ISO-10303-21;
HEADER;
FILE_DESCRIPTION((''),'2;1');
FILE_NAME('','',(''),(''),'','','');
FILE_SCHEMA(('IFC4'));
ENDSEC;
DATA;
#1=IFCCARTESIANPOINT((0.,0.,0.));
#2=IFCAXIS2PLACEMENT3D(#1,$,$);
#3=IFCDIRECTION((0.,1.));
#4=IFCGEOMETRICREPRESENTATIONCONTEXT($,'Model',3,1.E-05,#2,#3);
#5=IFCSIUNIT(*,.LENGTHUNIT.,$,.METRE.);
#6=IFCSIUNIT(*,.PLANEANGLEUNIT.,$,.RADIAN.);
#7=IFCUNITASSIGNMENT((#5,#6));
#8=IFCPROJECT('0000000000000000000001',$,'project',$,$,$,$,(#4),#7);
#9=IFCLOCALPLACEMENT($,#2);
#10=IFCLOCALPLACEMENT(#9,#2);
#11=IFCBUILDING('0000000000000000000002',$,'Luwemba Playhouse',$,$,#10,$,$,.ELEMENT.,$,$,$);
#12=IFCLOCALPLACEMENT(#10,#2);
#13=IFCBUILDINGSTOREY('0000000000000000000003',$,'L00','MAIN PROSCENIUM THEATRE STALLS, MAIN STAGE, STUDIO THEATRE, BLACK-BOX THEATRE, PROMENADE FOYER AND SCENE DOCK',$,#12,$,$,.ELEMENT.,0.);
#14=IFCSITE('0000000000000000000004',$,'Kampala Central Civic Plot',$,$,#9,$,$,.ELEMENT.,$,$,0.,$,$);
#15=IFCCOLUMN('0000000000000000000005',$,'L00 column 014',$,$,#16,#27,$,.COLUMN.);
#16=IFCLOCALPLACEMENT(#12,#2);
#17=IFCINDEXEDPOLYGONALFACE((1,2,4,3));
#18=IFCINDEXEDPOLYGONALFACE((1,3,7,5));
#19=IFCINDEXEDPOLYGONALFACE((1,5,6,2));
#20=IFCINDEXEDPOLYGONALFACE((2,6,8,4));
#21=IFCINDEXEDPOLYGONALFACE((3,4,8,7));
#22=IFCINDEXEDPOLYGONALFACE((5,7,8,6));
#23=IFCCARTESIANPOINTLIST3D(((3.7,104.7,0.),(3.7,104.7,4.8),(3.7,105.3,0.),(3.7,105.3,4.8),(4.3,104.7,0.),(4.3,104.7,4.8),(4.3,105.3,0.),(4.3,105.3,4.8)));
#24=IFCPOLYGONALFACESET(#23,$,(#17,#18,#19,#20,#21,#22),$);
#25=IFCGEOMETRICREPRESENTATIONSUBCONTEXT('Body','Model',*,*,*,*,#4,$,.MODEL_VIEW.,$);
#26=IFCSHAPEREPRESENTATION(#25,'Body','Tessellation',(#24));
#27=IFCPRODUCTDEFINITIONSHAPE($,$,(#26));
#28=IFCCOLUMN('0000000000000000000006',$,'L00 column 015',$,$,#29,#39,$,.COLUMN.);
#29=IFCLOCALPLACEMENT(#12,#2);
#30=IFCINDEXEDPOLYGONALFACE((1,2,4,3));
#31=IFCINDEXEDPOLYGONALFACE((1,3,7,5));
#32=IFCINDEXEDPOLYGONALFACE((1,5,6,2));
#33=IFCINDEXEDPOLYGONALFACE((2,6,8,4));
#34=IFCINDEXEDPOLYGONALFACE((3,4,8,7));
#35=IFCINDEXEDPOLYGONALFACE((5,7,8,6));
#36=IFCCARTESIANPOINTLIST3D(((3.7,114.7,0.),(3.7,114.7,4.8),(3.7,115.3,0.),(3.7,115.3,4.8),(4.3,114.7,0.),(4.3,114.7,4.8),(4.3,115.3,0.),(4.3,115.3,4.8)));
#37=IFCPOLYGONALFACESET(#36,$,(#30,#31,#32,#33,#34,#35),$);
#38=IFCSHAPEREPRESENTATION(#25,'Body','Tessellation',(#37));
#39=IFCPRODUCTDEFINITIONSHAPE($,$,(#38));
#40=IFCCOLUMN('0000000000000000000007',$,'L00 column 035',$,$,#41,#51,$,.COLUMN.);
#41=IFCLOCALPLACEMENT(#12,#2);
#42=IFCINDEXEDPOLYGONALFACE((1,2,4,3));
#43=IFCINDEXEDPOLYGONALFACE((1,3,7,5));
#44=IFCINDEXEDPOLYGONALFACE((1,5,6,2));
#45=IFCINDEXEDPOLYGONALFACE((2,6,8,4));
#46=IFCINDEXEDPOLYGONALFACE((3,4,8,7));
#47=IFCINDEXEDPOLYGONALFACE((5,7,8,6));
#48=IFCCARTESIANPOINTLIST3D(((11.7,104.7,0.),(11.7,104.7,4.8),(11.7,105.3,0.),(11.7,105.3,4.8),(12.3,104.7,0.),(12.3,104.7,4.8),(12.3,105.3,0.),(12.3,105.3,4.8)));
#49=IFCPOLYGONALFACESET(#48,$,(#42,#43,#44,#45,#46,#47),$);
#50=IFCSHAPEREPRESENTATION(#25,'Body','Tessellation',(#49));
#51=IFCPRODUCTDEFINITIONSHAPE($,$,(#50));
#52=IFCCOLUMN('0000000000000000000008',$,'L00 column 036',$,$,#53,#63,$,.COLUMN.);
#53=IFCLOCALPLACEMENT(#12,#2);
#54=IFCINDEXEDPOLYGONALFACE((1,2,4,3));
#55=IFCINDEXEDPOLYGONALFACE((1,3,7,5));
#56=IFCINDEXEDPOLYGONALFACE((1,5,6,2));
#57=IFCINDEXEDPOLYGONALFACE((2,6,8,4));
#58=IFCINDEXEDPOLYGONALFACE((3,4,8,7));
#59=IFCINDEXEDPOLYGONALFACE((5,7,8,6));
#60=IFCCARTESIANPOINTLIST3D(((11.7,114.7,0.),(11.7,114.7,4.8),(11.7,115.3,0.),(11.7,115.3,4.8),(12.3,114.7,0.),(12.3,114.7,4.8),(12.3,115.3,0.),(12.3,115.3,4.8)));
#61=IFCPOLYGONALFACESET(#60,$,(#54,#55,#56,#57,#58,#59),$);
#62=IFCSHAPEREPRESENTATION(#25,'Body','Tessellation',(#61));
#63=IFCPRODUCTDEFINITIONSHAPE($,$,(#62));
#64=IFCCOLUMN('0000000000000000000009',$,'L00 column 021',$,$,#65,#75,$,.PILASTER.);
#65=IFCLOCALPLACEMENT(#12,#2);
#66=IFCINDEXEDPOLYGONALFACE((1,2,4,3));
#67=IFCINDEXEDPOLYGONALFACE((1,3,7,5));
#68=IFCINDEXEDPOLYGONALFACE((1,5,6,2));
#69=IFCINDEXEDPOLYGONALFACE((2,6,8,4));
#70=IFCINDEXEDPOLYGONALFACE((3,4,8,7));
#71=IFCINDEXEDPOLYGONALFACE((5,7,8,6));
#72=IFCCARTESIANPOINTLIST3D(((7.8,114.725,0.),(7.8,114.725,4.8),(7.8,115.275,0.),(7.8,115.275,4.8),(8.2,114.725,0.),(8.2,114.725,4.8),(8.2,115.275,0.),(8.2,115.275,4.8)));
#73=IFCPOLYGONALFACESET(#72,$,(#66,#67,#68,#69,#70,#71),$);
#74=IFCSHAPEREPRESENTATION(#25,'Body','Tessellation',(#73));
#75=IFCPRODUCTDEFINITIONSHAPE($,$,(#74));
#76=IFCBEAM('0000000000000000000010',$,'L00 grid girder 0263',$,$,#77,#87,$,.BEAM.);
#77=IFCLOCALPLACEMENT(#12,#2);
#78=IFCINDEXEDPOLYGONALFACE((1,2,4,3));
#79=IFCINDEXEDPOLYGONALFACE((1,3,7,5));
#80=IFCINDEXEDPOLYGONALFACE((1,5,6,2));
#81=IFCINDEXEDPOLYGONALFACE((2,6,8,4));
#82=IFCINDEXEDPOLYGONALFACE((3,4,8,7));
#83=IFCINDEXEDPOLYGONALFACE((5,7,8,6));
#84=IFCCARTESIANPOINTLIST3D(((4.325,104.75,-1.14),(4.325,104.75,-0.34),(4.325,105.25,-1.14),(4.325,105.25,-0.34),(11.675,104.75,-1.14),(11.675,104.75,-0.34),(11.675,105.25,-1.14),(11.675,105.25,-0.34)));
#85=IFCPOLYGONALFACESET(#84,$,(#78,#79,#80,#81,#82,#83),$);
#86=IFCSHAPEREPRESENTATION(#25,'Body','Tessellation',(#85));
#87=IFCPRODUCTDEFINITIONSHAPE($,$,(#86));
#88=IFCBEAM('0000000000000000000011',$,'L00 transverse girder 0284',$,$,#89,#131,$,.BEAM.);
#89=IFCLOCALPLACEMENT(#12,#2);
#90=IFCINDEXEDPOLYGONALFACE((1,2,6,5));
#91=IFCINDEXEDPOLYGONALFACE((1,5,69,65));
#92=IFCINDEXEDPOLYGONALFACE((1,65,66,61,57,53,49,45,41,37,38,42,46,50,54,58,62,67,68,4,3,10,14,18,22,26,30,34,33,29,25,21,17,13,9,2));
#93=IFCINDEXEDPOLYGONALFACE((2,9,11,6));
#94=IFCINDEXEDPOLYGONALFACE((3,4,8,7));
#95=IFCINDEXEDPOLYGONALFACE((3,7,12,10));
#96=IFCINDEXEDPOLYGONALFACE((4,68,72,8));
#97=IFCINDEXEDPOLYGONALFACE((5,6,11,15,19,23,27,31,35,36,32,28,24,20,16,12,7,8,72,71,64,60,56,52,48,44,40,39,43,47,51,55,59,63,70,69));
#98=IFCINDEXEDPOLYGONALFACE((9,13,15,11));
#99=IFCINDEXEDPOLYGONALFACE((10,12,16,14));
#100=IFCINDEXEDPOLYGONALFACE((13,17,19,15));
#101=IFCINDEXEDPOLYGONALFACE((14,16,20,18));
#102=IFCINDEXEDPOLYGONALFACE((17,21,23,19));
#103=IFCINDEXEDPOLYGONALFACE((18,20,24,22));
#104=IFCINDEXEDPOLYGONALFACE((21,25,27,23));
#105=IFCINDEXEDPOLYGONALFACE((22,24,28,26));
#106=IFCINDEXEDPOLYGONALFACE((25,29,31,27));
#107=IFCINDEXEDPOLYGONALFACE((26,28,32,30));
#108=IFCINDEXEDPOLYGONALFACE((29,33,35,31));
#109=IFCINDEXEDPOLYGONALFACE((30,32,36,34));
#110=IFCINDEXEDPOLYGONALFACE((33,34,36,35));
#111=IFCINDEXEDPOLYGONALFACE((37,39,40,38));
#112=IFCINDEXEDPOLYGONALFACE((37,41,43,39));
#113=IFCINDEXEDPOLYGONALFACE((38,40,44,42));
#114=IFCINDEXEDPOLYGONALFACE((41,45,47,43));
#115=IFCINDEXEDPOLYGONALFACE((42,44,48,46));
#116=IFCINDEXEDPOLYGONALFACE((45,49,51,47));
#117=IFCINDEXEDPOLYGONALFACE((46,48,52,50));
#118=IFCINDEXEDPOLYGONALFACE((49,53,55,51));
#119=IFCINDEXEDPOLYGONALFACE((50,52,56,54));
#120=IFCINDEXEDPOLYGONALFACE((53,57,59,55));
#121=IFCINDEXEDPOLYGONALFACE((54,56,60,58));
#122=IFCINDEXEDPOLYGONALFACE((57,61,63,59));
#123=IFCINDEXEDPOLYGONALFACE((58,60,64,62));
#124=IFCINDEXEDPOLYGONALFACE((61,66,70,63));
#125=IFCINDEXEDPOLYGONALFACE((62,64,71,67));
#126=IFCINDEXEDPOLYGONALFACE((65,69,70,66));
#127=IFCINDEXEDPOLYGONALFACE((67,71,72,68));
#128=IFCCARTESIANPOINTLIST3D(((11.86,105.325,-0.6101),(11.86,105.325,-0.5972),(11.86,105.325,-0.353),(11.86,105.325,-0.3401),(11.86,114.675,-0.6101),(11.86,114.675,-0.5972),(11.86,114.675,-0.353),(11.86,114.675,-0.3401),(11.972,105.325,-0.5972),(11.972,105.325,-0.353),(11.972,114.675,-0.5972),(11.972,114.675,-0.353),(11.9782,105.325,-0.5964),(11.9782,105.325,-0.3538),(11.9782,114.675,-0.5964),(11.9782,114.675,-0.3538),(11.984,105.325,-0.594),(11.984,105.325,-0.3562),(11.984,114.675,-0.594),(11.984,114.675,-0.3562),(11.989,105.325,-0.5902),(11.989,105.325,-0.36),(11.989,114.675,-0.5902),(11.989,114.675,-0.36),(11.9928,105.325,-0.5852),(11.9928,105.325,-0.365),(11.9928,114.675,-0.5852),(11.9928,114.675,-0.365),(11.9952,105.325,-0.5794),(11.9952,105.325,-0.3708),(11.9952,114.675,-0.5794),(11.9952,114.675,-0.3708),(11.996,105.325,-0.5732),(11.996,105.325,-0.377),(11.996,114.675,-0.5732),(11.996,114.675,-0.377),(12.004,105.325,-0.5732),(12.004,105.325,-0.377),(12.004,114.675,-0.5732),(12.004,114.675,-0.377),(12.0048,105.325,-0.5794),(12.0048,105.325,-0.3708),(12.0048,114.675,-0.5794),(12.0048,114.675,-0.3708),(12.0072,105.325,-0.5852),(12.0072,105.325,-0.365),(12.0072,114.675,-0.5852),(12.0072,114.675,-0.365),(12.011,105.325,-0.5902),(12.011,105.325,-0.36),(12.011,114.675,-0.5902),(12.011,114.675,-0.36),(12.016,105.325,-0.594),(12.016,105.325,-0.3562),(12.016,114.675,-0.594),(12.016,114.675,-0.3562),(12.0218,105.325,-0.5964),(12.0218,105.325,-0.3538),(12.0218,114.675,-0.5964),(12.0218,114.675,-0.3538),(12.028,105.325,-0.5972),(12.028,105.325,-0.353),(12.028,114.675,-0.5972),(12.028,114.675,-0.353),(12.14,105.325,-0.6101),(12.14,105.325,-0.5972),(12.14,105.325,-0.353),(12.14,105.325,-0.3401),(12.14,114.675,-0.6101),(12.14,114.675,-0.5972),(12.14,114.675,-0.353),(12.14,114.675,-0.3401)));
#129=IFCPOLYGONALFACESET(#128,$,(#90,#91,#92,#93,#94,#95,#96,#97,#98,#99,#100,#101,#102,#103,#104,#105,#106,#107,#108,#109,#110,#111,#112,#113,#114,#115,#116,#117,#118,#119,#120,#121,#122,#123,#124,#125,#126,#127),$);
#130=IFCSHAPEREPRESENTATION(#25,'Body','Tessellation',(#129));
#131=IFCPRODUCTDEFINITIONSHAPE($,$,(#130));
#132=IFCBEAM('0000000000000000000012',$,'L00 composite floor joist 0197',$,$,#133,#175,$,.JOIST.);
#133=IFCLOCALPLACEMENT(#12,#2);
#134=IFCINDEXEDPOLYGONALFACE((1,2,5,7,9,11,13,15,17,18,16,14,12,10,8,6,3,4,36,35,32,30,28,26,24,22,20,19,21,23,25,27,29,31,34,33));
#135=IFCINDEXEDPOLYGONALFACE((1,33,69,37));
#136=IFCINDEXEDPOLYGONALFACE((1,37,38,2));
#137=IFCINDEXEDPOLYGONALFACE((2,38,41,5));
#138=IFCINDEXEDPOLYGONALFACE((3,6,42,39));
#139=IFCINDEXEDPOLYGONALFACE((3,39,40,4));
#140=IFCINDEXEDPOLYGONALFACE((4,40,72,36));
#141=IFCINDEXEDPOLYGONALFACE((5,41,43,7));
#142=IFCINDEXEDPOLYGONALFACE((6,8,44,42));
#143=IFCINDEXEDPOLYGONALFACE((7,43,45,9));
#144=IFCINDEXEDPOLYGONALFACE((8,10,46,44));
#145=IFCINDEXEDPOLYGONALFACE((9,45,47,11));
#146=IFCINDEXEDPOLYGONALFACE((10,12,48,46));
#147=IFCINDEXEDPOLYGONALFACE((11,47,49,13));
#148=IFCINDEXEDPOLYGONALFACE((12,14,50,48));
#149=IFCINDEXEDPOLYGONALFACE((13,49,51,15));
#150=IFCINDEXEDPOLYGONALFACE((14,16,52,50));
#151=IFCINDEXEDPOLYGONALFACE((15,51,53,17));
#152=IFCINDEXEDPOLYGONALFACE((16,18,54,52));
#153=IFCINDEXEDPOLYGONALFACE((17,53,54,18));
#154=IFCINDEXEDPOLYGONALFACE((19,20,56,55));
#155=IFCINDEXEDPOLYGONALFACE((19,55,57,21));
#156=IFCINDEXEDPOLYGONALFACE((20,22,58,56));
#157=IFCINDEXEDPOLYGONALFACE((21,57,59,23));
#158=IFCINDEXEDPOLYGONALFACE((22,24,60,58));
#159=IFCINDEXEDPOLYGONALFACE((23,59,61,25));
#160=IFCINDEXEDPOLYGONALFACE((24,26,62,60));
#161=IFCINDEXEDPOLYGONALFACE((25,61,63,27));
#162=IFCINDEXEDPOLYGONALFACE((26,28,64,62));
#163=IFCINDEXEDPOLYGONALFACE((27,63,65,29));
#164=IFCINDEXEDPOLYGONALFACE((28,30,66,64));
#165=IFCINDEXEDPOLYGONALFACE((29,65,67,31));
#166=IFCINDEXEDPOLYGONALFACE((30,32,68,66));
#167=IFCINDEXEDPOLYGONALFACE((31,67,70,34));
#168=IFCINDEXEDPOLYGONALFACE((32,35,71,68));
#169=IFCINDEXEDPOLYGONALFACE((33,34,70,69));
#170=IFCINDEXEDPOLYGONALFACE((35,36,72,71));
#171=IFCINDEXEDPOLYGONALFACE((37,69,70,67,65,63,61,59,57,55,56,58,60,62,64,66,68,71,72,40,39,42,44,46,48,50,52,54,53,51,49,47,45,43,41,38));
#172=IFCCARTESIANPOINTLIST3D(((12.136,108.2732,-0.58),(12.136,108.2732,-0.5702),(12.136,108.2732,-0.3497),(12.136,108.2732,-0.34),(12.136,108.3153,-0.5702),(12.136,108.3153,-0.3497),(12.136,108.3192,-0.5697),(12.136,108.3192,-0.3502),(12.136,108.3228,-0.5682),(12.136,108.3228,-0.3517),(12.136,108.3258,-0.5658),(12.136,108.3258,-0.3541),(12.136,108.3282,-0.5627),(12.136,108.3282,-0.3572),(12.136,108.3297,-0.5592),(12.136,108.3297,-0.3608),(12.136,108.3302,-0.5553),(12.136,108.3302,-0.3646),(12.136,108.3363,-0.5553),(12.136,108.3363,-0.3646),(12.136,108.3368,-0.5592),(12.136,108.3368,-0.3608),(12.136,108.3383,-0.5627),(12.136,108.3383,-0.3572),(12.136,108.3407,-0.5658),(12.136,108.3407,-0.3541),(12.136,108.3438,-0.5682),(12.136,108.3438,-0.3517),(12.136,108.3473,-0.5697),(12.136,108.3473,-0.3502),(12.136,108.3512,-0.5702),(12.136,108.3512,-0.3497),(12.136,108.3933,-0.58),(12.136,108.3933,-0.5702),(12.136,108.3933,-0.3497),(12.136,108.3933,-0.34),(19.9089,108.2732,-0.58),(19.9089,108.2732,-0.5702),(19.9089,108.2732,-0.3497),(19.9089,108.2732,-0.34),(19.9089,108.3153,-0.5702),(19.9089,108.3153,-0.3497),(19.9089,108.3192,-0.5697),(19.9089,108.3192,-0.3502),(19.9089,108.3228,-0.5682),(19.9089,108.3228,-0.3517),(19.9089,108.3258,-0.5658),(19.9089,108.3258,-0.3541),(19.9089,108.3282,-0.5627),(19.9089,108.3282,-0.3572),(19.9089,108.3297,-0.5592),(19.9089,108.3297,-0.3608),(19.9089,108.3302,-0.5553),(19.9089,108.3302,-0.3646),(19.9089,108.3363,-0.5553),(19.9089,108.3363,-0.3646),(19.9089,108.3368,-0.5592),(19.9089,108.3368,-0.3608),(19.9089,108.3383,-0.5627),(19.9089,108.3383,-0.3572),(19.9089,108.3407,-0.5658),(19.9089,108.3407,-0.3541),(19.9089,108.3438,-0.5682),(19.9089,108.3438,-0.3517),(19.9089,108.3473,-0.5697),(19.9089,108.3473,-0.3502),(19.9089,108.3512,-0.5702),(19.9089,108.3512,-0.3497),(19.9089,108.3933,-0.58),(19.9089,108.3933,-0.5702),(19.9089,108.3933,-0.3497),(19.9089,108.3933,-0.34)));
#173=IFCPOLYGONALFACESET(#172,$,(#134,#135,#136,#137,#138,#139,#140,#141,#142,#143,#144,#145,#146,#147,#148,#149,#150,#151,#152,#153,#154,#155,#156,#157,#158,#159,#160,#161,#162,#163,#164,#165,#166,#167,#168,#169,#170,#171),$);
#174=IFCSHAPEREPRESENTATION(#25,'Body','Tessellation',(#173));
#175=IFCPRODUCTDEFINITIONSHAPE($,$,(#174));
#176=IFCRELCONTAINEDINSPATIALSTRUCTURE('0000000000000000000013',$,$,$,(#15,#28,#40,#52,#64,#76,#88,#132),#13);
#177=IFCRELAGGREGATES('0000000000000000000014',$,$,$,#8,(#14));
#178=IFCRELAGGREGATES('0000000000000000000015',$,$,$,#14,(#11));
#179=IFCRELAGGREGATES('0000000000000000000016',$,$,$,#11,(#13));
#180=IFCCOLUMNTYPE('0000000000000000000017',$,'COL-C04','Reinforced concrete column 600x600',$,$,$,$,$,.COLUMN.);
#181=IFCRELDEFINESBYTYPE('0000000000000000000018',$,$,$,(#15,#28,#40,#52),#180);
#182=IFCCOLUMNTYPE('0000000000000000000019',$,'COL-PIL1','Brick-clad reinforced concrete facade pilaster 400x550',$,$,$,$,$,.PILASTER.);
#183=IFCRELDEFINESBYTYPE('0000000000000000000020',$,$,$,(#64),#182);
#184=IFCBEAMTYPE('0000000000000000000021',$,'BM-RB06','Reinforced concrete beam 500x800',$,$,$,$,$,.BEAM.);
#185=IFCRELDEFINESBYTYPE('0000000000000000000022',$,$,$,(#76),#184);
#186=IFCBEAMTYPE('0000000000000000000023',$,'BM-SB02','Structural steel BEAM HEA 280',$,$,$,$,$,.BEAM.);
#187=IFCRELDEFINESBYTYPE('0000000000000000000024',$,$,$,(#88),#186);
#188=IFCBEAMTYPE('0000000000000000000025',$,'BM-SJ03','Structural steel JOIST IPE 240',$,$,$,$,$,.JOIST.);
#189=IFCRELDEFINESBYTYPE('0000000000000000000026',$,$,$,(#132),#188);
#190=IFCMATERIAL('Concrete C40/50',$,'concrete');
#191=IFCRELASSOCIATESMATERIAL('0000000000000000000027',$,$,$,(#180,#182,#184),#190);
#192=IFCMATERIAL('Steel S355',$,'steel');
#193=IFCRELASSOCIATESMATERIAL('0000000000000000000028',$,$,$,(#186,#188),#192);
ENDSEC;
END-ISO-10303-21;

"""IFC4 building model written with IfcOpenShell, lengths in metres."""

from ifc_helpers import new_model, si_unit, direction, frame, origin, origin_2d, place, context, subcontext, project, spatial, rectangle, i_section, extrude, material, material_profile, profile_set, type_object, element, save


model = new_model("IFC4")

# Units and contexts
model_context = context("Model", 3, precision=1e-05, world=origin(), true_north=direction((0.0, 1.0)))
body_context = subcontext(model_context, "Body", "Model", "MODEL_VIEW")
ifc_project = project(units=[si_unit("LENGTHUNIT", "METRE"), si_unit("PLANEANGLEUNIT", "RADIAN")], contexts=[model_context])

# Site, building, storey
site_placement = place(None, origin())
site = spatial("IfcSite", under=ifc_project, at=site_placement, Name="Kampala Central Civic Plot", CompositionType="ELEMENT", RefElevation=0.0)
building_placement = place(site_placement, origin())
building = spatial("IfcBuilding", under=site, at=building_placement, Name="Luwemba Playhouse", CompositionType="ELEMENT")
storey_placement = place(building_placement, origin())
storey = spatial("IfcBuildingStorey", under=building, at=storey_placement, Name="L00", Description="MAIN PROSCENIUM THEATRE STALLS, MAIN STAGE, STUDIO THEATRE, BLACK-BOX THEATRE, PROMENADE FOYER AND SCENE DOCK", CompositionType="ELEMENT", Elevation=0.0)

# Columns
ifc_material_1 = material(Name="Concrete C40/50", Category="concrete")
ifc_material_profile_1 = material_profile(ifc_material_1, rectangle(XDim=0.6001, YDim=0.6001, at=origin_2d()))
ifc_profile_set_1 = profile_set([ifc_material_profile_1], Name="Concrete C40/50")
column_type_1 = type_object("IfcColumnType", Name="COL-C04", Description="Reinforced concrete column 600x600", PredefinedType="COLUMN", material=ifc_profile_set_1)
for number, where, z_axis, x_axis, name in (
    (1, (4.0, 105.0, 0.0), (0.0, 0.0, 1.0), (1.0, 0.0, 0.0), "L00 column 014"),
    (2, (4.0, 115.0, 0.0), (0.0, 0.0, 1.0), (1.0, 0.0, 0.0), "L00 column 015"),
    (3, (12.0, 105.0, 0.0), (0.0, 0.0, 1.0), (1.0, 0.0, 0.0), "L00 column 035"),
    (4, (12.0, 115.0, 0.0), (0.0, 0.0, 1.0), (1.0, 0.0, 0.0), "L00 column 036"),
):
    element("IfcColumn", number, at=place(storey_placement, frame(where, z_axis=z_axis, x_axis=x_axis)), inside=storey, type_object=column_type_1, Name=name, PredefinedType="COLUMN", context=body_context, shape_type="SweptSolid", body=[
        extrude(rectangle(XDim=0.6001, YDim=0.6001, at=origin_2d()), origin(), (0.0, 0.0, 1.0), 4.8),
    ])
ifc_material_profile_2 = material_profile(ifc_material_1, rectangle(XDim=0.3999, YDim=0.55, at=origin_2d()))
ifc_profile_set_2 = profile_set([ifc_material_profile_2], Name="Concrete C40/50")
column_type_2 = type_object("IfcColumnType", Name="COL-PIL1", Description="Brick-clad reinforced concrete facade pilaster 400x550", PredefinedType="PILASTER", material=ifc_profile_set_2)
column_placement = place(storey_placement, frame((8.0, 115.0, 0.0), z_axis=(0.0, 0.0, 1.0), x_axis=(1.0, 0.0, 0.0)))
element("IfcColumn", 5, at=column_placement, inside=storey, type_object=column_type_2, Name="L00 column 021", PredefinedType="PILASTER", context=body_context, shape_type="SweptSolid", body=[
    extrude(rectangle(XDim=0.3999, YDim=0.55, at=origin_2d()), origin(), (0.0, 0.0, 1.0), 4.8),
])

# Beams
ifc_material_profile_3 = material_profile(ifc_material_1, rectangle(XDim=0.5, YDim=0.8, at=origin_2d()))
ifc_profile_set_3 = profile_set([ifc_material_profile_3], Name="Concrete C40/50")
beam_type_1 = type_object("IfcBeamType", Name="BM-RB06", Description="Reinforced concrete beam 500x800", PredefinedType="BEAM", material=ifc_profile_set_3)
beam_1_placement = place(storey_placement, frame((4.325, 105.0, -0.74), z_axis=(1.0, 0.0, 0.0), x_axis=(0.0, 1.0, 0.0)))
element("IfcBeam", 6, at=beam_1_placement, inside=storey, type_object=beam_type_1, Name="L00 grid girder 0263", PredefinedType="BEAM", context=body_context, shape_type="SweptSolid", body=[
    extrude(rectangle(XDim=0.5, YDim=0.8, at=origin_2d()), origin(), (0.0, 0.0, 1.0), 7.3501),
])
ifc_material_2 = material(Name="Steel S355", Category="steel")
ifc_material_profile_4 = material_profile(ifc_material_2, i_section(OverallWidth=0.28, OverallDepth=0.27, WebThickness=0.0081, FlangeThickness=0.0129, FilletRadius=0.0239, at=origin_2d()))
ifc_profile_set_4 = profile_set([ifc_material_profile_4], Name="Steel S355")
beam_type_2 = type_object("IfcBeamType", Name="BM-SB02", Description="Structural steel BEAM HEA 280", PredefinedType="BEAM", material=ifc_profile_set_4)
beam_2_placement = place(storey_placement, frame((12.0, 105.325, -0.4751), z_axis=(0.0, 1.0, 0.0), x_axis=(-1.0, 0.0, 0.0)))
element("IfcBeam", 7, at=beam_2_placement, inside=storey, type_object=beam_type_2, Name="L00 transverse girder 0284", PredefinedType="BEAM", context=body_context, shape_type="SweptSolid", body=[
    extrude(i_section(OverallWidth=0.28, OverallDepth=0.27, WebThickness=0.0081, FlangeThickness=0.0129, FilletRadius=0.0239, at=origin_2d()), origin(), (0.0, 0.0, 1.0), 9.3501),
])
ifc_material_profile_5 = material_profile(ifc_material_2, i_section(OverallWidth=0.1201, OverallDepth=0.24, WebThickness=0.0061, FlangeThickness=0.0098, FilletRadius=0.0149, at=origin_2d()))
ifc_profile_set_5 = profile_set([ifc_material_profile_5], Name="Steel S355")
beam_type_3 = type_object("IfcBeamType", Name="BM-SJ03", Description="Structural steel JOIST IPE 240", PredefinedType="JOIST", material=ifc_profile_set_5)
beam_3_placement = place(storey_placement, frame((12.136, 108.3333, -0.46), z_axis=(1.0, 0.0, 0.0), x_axis=(0.0, 1.0, 0.0)))
element("IfcBeam", 8, at=beam_3_placement, inside=storey, type_object=beam_type_3, Name="L00 composite floor joist 0197", PredefinedType="JOIST", context=body_context, shape_type="SweptSolid", body=[
    extrude(i_section(OverallWidth=0.1201, OverallDepth=0.24, WebThickness=0.0061, FlangeThickness=0.0098, FilletRadius=0.0149, at=origin_2d()), origin(), (0.0, 0.0, 1.0), 7.7729),
])

save(model, "model.ifc")
